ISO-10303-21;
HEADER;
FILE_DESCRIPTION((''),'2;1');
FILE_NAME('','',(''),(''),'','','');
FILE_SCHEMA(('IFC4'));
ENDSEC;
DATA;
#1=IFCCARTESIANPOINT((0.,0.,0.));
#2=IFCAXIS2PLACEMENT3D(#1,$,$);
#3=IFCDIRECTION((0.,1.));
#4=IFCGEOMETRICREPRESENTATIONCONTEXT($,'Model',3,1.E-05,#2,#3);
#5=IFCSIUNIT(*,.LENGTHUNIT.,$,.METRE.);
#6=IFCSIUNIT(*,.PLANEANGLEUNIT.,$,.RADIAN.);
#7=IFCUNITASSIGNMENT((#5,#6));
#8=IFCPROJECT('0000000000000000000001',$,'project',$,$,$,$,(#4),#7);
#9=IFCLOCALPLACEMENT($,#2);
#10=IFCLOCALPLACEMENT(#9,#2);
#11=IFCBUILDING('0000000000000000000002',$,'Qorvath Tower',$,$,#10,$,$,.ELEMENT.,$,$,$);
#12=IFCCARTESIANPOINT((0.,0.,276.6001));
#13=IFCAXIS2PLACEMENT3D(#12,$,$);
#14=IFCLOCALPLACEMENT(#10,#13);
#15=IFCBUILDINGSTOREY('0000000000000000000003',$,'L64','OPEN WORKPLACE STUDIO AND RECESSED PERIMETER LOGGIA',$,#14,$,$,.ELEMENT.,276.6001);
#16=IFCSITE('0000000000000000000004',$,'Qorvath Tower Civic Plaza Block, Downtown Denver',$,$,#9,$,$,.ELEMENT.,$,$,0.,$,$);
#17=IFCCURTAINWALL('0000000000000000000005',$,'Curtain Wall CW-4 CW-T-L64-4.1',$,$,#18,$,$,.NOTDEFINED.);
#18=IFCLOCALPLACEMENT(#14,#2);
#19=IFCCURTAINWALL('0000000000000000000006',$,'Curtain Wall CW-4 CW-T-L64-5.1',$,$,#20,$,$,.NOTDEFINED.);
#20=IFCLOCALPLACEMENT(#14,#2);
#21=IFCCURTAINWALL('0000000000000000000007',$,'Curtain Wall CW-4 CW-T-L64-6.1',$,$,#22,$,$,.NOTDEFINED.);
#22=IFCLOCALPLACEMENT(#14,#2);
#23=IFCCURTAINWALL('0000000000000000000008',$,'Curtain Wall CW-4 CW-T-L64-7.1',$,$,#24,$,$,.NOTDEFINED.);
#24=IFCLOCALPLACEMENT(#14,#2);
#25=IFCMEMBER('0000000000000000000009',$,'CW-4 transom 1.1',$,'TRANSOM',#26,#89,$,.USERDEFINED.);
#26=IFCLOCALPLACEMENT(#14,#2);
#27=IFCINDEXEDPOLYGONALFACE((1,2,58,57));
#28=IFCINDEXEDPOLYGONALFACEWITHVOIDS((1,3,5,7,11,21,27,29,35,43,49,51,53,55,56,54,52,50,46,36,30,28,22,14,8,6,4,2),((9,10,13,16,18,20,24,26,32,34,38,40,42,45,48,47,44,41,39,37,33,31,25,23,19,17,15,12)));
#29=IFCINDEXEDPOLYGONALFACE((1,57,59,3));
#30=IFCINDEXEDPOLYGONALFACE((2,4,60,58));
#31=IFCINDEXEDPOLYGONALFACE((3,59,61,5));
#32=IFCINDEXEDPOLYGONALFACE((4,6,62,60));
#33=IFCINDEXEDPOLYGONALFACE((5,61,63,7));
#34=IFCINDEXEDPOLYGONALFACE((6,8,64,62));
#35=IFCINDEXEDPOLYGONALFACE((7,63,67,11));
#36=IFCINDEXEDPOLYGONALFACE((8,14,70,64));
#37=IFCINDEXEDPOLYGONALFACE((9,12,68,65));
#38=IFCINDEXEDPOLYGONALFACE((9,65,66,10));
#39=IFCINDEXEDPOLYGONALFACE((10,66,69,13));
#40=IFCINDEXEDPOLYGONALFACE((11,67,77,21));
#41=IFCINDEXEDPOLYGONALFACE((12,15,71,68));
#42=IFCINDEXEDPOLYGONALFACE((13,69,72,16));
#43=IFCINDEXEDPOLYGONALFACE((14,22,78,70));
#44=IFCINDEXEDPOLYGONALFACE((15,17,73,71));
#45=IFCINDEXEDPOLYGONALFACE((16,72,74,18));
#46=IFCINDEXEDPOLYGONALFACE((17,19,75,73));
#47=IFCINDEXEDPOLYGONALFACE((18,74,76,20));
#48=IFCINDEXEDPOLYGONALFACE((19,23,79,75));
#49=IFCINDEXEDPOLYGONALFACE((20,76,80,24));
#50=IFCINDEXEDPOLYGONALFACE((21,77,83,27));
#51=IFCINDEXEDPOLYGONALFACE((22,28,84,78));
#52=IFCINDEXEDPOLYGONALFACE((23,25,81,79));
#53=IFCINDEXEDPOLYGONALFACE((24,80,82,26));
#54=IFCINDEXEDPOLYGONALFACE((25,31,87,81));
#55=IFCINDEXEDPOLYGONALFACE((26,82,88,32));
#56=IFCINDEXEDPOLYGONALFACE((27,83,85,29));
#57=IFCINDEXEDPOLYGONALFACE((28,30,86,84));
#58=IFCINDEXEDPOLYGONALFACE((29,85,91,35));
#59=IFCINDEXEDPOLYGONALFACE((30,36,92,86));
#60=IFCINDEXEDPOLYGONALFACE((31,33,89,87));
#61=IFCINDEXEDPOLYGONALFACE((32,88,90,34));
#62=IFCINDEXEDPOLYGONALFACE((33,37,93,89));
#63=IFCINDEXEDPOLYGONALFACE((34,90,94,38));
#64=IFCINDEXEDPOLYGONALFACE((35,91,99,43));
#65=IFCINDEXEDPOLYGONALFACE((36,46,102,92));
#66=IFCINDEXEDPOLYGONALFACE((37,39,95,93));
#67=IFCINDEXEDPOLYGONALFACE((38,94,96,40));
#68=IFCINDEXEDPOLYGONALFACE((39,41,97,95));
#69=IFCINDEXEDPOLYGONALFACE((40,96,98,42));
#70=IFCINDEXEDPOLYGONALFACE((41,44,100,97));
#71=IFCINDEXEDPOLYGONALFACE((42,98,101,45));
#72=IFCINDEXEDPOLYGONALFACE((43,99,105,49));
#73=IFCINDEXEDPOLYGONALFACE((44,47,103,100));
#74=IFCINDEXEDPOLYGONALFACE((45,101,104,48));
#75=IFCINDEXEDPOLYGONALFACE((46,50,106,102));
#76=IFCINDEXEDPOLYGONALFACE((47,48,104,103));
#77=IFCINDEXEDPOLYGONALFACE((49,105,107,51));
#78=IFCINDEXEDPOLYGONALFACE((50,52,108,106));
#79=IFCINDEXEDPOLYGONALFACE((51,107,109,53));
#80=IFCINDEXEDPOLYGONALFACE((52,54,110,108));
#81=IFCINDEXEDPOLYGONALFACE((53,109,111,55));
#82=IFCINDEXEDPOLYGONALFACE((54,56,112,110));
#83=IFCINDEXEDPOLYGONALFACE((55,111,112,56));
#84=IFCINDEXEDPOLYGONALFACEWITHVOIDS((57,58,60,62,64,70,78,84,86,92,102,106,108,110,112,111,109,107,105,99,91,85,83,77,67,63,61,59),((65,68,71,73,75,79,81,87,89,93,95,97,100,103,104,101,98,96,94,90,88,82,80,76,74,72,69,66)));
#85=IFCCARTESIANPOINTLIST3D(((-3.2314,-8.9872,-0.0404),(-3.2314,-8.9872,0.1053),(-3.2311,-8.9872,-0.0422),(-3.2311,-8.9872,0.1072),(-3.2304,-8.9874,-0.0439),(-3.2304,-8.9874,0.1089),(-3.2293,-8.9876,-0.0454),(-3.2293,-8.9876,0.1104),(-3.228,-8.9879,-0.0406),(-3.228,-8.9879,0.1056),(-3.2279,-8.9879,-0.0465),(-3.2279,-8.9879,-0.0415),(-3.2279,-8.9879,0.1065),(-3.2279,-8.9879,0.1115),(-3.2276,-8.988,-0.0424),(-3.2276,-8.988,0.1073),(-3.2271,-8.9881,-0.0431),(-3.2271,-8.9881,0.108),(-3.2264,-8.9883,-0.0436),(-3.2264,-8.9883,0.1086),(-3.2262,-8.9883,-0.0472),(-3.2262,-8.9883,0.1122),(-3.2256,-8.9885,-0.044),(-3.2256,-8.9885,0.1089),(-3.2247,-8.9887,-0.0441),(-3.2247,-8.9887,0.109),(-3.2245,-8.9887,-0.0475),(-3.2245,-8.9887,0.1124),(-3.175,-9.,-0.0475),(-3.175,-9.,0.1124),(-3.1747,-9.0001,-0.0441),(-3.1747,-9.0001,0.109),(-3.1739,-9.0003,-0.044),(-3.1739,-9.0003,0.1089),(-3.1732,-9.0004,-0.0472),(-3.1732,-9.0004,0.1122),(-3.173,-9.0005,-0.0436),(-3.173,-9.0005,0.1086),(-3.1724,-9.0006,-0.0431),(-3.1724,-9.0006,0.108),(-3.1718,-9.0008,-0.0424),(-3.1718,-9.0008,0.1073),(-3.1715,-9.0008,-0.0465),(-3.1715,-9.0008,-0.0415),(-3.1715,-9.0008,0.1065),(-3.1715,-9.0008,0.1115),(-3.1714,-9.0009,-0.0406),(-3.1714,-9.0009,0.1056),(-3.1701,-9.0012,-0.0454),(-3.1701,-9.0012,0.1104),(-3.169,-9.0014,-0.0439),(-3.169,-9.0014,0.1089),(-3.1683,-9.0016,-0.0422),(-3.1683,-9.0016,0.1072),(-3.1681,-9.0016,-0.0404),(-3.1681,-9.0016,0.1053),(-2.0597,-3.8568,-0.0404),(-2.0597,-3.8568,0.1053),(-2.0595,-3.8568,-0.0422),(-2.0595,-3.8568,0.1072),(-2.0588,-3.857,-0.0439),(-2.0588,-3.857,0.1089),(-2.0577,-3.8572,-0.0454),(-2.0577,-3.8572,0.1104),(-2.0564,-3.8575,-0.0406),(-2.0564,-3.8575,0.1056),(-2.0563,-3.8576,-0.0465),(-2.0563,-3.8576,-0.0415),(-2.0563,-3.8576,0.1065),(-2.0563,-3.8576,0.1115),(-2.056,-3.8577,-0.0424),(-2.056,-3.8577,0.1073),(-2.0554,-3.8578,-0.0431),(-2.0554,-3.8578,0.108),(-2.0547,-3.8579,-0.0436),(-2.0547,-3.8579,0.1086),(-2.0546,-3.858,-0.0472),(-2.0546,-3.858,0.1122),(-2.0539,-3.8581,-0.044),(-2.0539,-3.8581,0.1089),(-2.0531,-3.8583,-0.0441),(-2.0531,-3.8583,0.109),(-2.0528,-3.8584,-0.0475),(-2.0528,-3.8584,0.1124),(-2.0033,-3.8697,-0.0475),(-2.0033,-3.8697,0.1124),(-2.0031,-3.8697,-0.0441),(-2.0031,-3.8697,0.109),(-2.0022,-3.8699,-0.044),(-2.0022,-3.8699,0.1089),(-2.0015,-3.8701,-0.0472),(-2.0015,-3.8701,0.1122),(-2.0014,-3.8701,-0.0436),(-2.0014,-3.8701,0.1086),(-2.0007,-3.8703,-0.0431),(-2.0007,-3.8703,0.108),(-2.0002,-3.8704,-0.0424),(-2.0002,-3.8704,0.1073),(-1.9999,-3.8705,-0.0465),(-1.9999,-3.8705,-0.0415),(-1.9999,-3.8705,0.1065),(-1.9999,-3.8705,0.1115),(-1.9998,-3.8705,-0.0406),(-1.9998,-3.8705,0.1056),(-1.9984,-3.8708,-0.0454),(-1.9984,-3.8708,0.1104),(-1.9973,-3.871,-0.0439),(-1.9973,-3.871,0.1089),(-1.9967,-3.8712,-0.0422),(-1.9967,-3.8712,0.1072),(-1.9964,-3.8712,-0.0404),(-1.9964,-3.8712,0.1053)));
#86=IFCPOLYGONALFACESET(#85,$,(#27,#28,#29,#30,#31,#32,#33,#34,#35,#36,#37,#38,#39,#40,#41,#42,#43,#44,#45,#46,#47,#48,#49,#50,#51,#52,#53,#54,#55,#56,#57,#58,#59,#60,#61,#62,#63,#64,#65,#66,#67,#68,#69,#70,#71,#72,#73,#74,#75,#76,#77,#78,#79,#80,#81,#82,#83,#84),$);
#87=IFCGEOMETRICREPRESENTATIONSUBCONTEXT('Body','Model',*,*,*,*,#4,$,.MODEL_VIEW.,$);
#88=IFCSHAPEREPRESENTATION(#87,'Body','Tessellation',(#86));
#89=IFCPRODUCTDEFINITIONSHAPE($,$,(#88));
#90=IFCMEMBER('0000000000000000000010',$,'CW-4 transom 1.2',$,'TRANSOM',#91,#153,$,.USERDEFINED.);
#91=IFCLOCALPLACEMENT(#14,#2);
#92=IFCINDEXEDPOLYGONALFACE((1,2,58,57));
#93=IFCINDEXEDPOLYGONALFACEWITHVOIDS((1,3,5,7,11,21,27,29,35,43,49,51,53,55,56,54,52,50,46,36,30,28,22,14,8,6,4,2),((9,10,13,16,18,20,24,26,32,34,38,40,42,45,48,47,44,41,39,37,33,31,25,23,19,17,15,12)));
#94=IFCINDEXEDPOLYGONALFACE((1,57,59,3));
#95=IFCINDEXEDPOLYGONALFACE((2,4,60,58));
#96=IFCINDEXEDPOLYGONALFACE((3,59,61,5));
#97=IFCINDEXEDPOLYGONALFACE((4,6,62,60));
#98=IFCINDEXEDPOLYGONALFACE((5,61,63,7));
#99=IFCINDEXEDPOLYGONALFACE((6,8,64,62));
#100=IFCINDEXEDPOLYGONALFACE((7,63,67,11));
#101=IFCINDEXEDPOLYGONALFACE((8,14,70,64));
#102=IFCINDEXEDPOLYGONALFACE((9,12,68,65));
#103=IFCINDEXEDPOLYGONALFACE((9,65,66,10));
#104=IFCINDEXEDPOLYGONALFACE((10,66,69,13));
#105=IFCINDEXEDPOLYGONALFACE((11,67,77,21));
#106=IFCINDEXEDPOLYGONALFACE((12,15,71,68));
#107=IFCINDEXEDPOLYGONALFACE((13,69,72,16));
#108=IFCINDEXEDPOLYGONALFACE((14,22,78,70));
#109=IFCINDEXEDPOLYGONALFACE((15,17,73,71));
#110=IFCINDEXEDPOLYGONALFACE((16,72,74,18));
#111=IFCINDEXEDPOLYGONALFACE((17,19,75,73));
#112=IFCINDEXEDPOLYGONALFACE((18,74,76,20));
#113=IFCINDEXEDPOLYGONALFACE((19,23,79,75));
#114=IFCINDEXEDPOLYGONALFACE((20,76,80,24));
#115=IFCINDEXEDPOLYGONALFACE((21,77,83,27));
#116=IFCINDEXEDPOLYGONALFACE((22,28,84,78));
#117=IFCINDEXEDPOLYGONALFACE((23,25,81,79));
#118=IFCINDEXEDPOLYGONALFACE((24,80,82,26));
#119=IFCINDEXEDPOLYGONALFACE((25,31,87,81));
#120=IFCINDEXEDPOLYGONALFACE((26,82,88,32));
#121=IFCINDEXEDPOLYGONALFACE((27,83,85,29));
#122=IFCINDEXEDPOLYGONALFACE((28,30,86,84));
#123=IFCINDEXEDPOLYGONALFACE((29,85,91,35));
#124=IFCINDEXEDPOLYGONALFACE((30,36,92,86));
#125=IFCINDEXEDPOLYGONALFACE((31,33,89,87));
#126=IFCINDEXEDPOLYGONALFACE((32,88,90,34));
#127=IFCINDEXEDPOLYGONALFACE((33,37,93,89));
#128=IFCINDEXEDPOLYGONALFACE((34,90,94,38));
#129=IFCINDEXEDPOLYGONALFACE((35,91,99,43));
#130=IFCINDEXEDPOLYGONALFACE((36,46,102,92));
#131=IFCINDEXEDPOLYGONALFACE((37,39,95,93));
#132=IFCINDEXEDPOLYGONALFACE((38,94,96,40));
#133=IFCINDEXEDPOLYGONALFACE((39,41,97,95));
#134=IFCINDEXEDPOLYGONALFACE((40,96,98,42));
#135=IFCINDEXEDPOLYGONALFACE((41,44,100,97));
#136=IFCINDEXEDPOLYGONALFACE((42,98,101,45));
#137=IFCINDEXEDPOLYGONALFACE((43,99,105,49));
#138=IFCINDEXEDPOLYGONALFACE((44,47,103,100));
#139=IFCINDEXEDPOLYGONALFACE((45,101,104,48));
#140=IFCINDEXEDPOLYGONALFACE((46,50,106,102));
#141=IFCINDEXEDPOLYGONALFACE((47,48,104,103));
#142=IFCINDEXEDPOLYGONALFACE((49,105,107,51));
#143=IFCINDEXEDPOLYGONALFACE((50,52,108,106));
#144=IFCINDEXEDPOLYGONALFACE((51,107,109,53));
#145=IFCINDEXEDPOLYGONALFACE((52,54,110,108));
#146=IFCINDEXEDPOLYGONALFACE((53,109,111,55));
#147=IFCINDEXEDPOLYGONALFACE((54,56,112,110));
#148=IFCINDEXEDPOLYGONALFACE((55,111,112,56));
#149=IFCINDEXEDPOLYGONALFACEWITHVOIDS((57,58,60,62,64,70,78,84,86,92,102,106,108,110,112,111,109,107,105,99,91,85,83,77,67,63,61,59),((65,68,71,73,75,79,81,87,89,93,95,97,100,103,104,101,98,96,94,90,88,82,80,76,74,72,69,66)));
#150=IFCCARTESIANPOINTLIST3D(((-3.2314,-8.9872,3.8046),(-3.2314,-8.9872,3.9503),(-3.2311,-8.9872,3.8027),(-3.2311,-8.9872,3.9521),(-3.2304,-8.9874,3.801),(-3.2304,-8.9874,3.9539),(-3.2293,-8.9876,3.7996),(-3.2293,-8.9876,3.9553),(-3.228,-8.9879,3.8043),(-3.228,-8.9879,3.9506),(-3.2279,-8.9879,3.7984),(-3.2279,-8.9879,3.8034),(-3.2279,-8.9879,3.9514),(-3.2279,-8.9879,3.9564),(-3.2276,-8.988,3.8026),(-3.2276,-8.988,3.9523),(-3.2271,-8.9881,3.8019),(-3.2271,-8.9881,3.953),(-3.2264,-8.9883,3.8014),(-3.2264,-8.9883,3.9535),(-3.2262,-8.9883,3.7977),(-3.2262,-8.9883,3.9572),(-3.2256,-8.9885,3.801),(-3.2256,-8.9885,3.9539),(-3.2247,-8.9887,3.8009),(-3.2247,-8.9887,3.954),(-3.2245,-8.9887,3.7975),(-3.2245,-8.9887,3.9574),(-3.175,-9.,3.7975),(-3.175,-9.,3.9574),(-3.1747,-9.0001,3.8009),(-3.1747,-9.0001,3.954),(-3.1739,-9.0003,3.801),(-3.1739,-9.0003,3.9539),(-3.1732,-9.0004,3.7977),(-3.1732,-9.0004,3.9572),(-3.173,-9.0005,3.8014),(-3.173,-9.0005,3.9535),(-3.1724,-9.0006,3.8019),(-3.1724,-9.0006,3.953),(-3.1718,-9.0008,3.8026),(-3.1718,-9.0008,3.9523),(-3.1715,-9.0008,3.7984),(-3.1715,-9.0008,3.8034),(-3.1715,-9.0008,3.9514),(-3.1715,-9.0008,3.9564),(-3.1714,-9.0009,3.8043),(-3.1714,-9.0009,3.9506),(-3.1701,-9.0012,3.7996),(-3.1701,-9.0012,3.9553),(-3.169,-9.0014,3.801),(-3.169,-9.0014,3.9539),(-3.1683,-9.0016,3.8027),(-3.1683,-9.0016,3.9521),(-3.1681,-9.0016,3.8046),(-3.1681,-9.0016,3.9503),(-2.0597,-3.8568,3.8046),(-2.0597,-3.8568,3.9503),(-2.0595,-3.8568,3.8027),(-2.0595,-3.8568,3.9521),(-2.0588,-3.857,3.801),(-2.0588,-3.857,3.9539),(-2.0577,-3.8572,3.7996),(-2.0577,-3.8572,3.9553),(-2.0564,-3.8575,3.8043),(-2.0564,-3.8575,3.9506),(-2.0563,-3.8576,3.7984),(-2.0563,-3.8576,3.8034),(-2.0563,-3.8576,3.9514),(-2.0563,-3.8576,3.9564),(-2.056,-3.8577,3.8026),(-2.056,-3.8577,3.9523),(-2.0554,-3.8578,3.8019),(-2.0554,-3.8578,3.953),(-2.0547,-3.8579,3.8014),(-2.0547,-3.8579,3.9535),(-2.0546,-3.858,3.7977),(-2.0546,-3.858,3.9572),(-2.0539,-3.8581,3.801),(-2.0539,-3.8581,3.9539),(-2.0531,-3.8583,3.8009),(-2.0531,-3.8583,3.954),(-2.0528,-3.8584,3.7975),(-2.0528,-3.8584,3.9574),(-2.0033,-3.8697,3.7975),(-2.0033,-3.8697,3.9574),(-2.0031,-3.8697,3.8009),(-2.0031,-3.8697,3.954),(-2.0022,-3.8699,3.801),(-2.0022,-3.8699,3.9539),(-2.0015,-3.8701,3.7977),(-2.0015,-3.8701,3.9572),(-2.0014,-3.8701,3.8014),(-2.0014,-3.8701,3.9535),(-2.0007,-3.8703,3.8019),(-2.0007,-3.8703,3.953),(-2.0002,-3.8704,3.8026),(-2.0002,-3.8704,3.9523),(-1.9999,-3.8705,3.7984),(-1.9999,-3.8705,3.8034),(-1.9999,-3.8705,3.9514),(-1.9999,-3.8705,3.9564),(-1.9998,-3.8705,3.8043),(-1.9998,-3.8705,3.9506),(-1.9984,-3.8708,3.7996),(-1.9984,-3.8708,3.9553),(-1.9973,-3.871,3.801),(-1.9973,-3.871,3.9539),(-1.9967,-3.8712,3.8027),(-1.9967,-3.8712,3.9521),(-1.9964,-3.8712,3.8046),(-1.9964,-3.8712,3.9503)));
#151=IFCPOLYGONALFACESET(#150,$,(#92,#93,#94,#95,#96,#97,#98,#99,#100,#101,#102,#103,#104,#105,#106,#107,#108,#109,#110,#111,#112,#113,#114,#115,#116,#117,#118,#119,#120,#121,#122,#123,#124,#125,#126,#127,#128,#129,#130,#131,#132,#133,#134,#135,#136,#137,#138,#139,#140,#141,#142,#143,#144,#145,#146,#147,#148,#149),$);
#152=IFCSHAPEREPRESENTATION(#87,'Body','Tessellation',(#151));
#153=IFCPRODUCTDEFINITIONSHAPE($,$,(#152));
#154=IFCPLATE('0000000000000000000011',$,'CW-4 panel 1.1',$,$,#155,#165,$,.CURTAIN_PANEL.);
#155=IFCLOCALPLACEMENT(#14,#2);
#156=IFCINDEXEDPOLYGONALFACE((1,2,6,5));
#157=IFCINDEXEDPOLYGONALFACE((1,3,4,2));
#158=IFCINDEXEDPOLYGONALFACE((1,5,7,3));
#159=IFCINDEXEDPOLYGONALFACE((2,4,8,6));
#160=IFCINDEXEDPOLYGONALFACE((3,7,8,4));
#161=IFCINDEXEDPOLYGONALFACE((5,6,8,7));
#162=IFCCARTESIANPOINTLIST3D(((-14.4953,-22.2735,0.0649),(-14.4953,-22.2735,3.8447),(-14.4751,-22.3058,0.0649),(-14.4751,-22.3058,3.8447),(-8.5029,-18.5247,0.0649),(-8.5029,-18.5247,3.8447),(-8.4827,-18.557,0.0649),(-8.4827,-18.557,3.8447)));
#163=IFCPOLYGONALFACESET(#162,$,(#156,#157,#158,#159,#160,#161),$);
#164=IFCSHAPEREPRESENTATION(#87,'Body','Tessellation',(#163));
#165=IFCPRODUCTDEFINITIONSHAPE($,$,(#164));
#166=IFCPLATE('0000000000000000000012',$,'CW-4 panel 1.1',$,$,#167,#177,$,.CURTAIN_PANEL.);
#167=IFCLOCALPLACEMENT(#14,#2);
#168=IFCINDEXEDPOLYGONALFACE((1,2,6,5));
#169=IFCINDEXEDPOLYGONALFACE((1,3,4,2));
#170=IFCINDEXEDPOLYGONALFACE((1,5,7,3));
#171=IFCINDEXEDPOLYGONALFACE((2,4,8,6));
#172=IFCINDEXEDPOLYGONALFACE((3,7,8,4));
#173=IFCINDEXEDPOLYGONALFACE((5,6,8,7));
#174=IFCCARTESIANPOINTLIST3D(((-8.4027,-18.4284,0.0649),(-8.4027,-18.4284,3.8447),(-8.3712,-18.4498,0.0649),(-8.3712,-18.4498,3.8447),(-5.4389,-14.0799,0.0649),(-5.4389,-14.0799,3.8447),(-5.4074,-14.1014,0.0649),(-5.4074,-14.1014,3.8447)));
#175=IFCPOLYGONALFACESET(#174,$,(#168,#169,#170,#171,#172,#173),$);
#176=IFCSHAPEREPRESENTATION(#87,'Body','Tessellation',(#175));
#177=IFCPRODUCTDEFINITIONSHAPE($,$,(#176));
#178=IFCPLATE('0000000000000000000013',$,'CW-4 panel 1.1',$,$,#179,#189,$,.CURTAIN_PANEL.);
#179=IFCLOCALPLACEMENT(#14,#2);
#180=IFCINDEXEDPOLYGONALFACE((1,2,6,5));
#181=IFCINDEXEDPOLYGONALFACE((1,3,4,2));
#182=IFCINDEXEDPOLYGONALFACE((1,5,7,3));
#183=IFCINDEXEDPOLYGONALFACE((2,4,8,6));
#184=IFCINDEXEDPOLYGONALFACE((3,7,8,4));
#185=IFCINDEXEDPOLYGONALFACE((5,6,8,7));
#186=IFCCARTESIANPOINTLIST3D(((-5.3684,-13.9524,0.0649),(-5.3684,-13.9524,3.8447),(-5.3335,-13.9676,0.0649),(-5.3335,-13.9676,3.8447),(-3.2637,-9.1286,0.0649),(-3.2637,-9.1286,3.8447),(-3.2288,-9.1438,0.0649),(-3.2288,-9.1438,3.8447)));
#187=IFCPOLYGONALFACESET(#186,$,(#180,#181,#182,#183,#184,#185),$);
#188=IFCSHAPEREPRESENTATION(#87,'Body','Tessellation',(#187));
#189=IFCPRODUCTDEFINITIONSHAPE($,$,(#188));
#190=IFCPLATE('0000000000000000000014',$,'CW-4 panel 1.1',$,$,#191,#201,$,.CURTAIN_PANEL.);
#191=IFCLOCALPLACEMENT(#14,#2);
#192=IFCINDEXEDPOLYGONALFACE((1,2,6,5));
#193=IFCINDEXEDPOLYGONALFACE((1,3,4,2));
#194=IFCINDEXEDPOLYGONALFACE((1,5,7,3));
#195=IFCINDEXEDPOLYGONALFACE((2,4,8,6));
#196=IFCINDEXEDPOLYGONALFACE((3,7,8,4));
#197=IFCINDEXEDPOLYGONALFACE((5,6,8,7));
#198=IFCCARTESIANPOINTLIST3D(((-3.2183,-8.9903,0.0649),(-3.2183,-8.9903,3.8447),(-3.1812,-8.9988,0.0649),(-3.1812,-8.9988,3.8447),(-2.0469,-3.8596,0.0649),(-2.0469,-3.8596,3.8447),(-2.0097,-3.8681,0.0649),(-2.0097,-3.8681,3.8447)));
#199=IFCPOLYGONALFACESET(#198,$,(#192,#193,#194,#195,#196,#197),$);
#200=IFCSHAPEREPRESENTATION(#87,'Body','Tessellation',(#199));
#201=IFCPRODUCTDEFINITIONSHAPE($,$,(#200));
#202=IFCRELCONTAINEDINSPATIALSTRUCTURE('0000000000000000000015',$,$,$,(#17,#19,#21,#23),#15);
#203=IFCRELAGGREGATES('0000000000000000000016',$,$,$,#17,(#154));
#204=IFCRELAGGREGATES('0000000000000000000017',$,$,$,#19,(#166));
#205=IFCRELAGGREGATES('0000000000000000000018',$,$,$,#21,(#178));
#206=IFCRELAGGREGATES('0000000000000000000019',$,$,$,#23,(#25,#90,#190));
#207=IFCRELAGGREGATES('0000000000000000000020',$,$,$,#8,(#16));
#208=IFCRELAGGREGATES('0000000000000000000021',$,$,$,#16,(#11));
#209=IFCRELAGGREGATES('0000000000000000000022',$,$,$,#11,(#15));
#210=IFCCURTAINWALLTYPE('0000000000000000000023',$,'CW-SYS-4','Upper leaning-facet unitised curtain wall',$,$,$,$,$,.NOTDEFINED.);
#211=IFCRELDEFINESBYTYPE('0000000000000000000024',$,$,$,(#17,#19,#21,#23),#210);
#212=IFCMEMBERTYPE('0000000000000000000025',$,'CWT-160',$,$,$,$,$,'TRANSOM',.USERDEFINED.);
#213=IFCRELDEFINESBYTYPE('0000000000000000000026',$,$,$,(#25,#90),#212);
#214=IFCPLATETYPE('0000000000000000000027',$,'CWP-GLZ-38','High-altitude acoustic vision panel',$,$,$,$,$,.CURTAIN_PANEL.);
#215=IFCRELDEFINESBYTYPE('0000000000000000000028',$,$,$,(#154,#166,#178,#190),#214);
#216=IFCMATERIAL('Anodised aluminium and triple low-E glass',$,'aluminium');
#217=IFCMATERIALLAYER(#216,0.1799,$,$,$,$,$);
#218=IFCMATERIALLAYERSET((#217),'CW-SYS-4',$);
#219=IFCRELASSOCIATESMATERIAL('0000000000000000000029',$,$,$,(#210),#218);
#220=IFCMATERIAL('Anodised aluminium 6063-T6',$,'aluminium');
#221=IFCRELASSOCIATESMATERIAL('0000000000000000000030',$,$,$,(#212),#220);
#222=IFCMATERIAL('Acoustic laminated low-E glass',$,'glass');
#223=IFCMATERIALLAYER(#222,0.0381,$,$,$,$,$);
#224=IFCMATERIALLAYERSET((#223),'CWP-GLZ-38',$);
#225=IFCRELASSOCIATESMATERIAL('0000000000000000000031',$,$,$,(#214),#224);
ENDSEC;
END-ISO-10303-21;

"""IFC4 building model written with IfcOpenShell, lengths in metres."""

from ifc_helpers import new_model, si_unit, direction, frame, origin, origin_2d, place, context, subcontext, project, spatial, rectangle, hollow_rectangle, extrude, material, layer, layer_set, material_profile, profile_set, type_object, element, aggregate, save


model = new_model("IFC4")

# Units and contexts
model_context = context("Model", 3, precision=1e-05, world=origin(), true_north=direction((0.0, 1.0)))
body_context = subcontext(model_context, "Body", "Model", "MODEL_VIEW")
ifc_project = project(units=[si_unit("LENGTHUNIT", "METRE"), si_unit("PLANEANGLEUNIT", "RADIAN")], contexts=[model_context])

# Site, building, storey
site_placement = place(None, origin())
site = spatial("IfcSite", under=ifc_project, at=site_placement, Name="Qorvath Tower Civic Plaza Block, Downtown Denver", CompositionType="ELEMENT", RefElevation=0.0)
building_placement = place(site_placement, origin())
building = spatial("IfcBuilding", under=site, at=building_placement, Name="Qorvath Tower", CompositionType="ELEMENT")
storey_placement = place(building_placement, frame((0.0, 0.0, 276.6001)))
storey = spatial("IfcBuildingStorey", under=building, at=storey_placement, Name="L64", Description="OPEN WORKPLACE STUDIO AND RECESSED PERIMETER LOGGIA", CompositionType="ELEMENT", Elevation=276.6001)

# Curtain wall
ifc_material_1 = material(Name="Anodised aluminium and triple low-E glass", Category="aluminium")
ifc_layer_1 = layer(ifc_material_1, 0.1799)
ifc_layer_set_1 = layer_set([ifc_layer_1], Name="CW-SYS-4")
curtain_wall_type = type_object("IfcCurtainWallType", Name="CW-SYS-4", Description="Upper leaning-facet unitised curtain wall", PredefinedType="NOTDEFINED", material=ifc_layer_set_1)
curtain_wall_1_placement = place(storey_placement, origin())
curtain_wall_1 = element("IfcCurtainWall", 1, at=curtain_wall_1_placement, inside=storey, type_object=curtain_wall_type, Name="Curtain Wall CW-4 CW-T-L64-4.1", PredefinedType="NOTDEFINED")

# Curtain walls
curtain_wall_2_placement = place(storey_placement, origin())
curtain_wall_2 = element("IfcCurtainWall", 2, at=curtain_wall_2_placement, inside=storey, type_object=curtain_wall_type, Name="Curtain Wall CW-4 CW-T-L64-5.1", PredefinedType="NOTDEFINED")
curtain_wall_3_placement = place(storey_placement, origin())
curtain_wall_3 = element("IfcCurtainWall", 3, at=curtain_wall_3_placement, inside=storey, type_object=curtain_wall_type, Name="Curtain Wall CW-4 CW-T-L64-6.1", PredefinedType="NOTDEFINED")

# Curtain wall
curtain_wall_4_placement = place(storey_placement, origin())
curtain_wall_4 = element("IfcCurtainWall", 4, at=curtain_wall_4_placement, inside=storey, type_object=curtain_wall_type, Name="Curtain Wall CW-4 CW-T-L64-7.1", PredefinedType="NOTDEFINED")

# Members
ifc_material_2 = material(Name="Anodised aluminium 6063-T6", Category="aluminium")
ifc_material_profile_1 = material_profile(ifc_material_2, hollow_rectangle(XDim=0.0649, YDim=0.1599, WallThickness=0.0034, InnerFilletRadius=0.0034, OuterFilletRadius=0.0071, at=origin_2d()), Name="CWT 160x65")
ifc_profile_set_1 = profile_set([ifc_material_profile_1], Name="Anodised aluminium 6063-T6")
member_type_1 = type_object("IfcMemberType", Name="CWT-160", ElementType="TRANSOM", PredefinedType="USERDEFINED", material=ifc_profile_set_1)
member_1_placement = place(storey_placement, frame((-3.1997, -8.9944, 0.0325), z_axis=(0.22264, 0.974901, 0.0), x_axis=(-0.974901, 0.22264, 0.0)))
member_1 = element("IfcMember", 5, at=member_1_placement, type_object=member_type_1, Name="CW-4 transom 1.1", ObjectType="TRANSOM", PredefinedType="USERDEFINED", context=body_context, shape_type="SweptSolid", body=[
    extrude(hollow_rectangle(XDim=0.0649, YDim=0.1599, WallThickness=0.0034, InnerFilletRadius=0.0034, OuterFilletRadius=0.0071, at=origin_2d()), origin(), (0.0, 0.0, 1.0), 5.2625),
])
member_2_placement = place(storey_placement, frame((-3.1997, -8.9944, 3.8774), z_axis=(0.22264, 0.974901, 0.0), x_axis=(-0.974901, 0.22264, 0.0)))
member_2 = element("IfcMember", 6, at=member_2_placement, type_object=member_type_1, Name="CW-4 transom 1.2", ObjectType="TRANSOM", PredefinedType="USERDEFINED", context=body_context, shape_type="SweptSolid", body=[
    extrude(hollow_rectangle(XDim=0.0649, YDim=0.1599, WallThickness=0.0034, InnerFilletRadius=0.0034, OuterFilletRadius=0.0071, at=origin_2d()), origin(), (0.0, 0.0, 1.0), 5.2625),
])

# Plates
ifc_material_3 = material(Name="Acoustic laminated low-E glass", Category="glass")
ifc_layer_2 = layer(ifc_material_3, 0.0381)
ifc_layer_set_2 = layer_set([ifc_layer_2], Name="CWP-GLZ-38")
plate_type = type_object("IfcPlateType", Name="CWP-GLZ-38", Description="High-altitude acoustic vision panel", PredefinedType="CURTAIN_PANEL", material=ifc_layer_set_2)
plate_1_placement = place(storey_placement, frame((-11.489, -20.4153, 0.0649), z_axis=(0.0, 0.0, 1.0), x_axis=(0.847771, 0.530363, 0.0)))
plate_1 = element("IfcPlate", 7, at=plate_1_placement, type_object=plate_type, Name="CW-4 panel 1.1", PredefinedType="CURTAIN_PANEL", context=body_context, shape_type="SweptSolid", body=[
    extrude(rectangle(XDim=7.0684, YDim=0.0381, at=origin_2d()), origin(), (0.0, 0.0, 1.0), 3.7798),
])
aggregate(curtain_wall_1, [plate_1])
plate_2_placement = place(storey_placement, frame((-6.905, -16.2649, 0.0649), z_axis=(0.0, 0.0, 1.0), x_axis=(0.563203, 0.826319, 0.0)))
plate_2 = element("IfcPlate", 8, at=plate_2_placement, type_object=plate_type, Name="CW-4 panel 1.1", PredefinedType="CURTAIN_PANEL", context=body_context, shape_type="SweptSolid", body=[
    extrude(rectangle(XDim=5.2625, YDim=0.0381, at=origin_2d()), origin(), (0.0, 0.0, 1.0), 3.7798),
])
aggregate(curtain_wall_2, [plate_2])
plate_3_placement = place(storey_placement, frame((-4.2986, -11.5481, 0.0649), z_axis=(0.0, 0.0, 1.0), x_axis=(0.3999, 0.916559, 0.0)))
plate_3 = element("IfcPlate", 9, at=plate_3_placement, type_object=plate_type, Name="CW-4 panel 1.1", PredefinedType="CURTAIN_PANEL", context=body_context, shape_type="SweptSolid", body=[
    extrude(rectangle(XDim=5.2629, YDim=0.0381, at=origin_2d()), origin(), (0.0, 0.0, 1.0), 3.7798),
])
aggregate(curtain_wall_3, [plate_3])
plate_4_placement = place(storey_placement, frame((-2.614, -6.4292, 0.0649), z_axis=(0.0, 0.0, 1.0), x_axis=(0.222592, 0.974912, 0.0)))
plate_4 = element("IfcPlate", 10, at=plate_4_placement, type_object=plate_type, Name="CW-4 panel 1.1", PredefinedType="CURTAIN_PANEL", context=body_context, shape_type="SweptSolid", body=[
    extrude(rectangle(XDim=5.2627, YDim=0.0381, at=origin_2d()), origin(), (0.0, 0.0, 1.0), 3.7798),
])
aggregate(curtain_wall_4, [member_1, member_2, plate_4])

save(model, "model.ifc")
